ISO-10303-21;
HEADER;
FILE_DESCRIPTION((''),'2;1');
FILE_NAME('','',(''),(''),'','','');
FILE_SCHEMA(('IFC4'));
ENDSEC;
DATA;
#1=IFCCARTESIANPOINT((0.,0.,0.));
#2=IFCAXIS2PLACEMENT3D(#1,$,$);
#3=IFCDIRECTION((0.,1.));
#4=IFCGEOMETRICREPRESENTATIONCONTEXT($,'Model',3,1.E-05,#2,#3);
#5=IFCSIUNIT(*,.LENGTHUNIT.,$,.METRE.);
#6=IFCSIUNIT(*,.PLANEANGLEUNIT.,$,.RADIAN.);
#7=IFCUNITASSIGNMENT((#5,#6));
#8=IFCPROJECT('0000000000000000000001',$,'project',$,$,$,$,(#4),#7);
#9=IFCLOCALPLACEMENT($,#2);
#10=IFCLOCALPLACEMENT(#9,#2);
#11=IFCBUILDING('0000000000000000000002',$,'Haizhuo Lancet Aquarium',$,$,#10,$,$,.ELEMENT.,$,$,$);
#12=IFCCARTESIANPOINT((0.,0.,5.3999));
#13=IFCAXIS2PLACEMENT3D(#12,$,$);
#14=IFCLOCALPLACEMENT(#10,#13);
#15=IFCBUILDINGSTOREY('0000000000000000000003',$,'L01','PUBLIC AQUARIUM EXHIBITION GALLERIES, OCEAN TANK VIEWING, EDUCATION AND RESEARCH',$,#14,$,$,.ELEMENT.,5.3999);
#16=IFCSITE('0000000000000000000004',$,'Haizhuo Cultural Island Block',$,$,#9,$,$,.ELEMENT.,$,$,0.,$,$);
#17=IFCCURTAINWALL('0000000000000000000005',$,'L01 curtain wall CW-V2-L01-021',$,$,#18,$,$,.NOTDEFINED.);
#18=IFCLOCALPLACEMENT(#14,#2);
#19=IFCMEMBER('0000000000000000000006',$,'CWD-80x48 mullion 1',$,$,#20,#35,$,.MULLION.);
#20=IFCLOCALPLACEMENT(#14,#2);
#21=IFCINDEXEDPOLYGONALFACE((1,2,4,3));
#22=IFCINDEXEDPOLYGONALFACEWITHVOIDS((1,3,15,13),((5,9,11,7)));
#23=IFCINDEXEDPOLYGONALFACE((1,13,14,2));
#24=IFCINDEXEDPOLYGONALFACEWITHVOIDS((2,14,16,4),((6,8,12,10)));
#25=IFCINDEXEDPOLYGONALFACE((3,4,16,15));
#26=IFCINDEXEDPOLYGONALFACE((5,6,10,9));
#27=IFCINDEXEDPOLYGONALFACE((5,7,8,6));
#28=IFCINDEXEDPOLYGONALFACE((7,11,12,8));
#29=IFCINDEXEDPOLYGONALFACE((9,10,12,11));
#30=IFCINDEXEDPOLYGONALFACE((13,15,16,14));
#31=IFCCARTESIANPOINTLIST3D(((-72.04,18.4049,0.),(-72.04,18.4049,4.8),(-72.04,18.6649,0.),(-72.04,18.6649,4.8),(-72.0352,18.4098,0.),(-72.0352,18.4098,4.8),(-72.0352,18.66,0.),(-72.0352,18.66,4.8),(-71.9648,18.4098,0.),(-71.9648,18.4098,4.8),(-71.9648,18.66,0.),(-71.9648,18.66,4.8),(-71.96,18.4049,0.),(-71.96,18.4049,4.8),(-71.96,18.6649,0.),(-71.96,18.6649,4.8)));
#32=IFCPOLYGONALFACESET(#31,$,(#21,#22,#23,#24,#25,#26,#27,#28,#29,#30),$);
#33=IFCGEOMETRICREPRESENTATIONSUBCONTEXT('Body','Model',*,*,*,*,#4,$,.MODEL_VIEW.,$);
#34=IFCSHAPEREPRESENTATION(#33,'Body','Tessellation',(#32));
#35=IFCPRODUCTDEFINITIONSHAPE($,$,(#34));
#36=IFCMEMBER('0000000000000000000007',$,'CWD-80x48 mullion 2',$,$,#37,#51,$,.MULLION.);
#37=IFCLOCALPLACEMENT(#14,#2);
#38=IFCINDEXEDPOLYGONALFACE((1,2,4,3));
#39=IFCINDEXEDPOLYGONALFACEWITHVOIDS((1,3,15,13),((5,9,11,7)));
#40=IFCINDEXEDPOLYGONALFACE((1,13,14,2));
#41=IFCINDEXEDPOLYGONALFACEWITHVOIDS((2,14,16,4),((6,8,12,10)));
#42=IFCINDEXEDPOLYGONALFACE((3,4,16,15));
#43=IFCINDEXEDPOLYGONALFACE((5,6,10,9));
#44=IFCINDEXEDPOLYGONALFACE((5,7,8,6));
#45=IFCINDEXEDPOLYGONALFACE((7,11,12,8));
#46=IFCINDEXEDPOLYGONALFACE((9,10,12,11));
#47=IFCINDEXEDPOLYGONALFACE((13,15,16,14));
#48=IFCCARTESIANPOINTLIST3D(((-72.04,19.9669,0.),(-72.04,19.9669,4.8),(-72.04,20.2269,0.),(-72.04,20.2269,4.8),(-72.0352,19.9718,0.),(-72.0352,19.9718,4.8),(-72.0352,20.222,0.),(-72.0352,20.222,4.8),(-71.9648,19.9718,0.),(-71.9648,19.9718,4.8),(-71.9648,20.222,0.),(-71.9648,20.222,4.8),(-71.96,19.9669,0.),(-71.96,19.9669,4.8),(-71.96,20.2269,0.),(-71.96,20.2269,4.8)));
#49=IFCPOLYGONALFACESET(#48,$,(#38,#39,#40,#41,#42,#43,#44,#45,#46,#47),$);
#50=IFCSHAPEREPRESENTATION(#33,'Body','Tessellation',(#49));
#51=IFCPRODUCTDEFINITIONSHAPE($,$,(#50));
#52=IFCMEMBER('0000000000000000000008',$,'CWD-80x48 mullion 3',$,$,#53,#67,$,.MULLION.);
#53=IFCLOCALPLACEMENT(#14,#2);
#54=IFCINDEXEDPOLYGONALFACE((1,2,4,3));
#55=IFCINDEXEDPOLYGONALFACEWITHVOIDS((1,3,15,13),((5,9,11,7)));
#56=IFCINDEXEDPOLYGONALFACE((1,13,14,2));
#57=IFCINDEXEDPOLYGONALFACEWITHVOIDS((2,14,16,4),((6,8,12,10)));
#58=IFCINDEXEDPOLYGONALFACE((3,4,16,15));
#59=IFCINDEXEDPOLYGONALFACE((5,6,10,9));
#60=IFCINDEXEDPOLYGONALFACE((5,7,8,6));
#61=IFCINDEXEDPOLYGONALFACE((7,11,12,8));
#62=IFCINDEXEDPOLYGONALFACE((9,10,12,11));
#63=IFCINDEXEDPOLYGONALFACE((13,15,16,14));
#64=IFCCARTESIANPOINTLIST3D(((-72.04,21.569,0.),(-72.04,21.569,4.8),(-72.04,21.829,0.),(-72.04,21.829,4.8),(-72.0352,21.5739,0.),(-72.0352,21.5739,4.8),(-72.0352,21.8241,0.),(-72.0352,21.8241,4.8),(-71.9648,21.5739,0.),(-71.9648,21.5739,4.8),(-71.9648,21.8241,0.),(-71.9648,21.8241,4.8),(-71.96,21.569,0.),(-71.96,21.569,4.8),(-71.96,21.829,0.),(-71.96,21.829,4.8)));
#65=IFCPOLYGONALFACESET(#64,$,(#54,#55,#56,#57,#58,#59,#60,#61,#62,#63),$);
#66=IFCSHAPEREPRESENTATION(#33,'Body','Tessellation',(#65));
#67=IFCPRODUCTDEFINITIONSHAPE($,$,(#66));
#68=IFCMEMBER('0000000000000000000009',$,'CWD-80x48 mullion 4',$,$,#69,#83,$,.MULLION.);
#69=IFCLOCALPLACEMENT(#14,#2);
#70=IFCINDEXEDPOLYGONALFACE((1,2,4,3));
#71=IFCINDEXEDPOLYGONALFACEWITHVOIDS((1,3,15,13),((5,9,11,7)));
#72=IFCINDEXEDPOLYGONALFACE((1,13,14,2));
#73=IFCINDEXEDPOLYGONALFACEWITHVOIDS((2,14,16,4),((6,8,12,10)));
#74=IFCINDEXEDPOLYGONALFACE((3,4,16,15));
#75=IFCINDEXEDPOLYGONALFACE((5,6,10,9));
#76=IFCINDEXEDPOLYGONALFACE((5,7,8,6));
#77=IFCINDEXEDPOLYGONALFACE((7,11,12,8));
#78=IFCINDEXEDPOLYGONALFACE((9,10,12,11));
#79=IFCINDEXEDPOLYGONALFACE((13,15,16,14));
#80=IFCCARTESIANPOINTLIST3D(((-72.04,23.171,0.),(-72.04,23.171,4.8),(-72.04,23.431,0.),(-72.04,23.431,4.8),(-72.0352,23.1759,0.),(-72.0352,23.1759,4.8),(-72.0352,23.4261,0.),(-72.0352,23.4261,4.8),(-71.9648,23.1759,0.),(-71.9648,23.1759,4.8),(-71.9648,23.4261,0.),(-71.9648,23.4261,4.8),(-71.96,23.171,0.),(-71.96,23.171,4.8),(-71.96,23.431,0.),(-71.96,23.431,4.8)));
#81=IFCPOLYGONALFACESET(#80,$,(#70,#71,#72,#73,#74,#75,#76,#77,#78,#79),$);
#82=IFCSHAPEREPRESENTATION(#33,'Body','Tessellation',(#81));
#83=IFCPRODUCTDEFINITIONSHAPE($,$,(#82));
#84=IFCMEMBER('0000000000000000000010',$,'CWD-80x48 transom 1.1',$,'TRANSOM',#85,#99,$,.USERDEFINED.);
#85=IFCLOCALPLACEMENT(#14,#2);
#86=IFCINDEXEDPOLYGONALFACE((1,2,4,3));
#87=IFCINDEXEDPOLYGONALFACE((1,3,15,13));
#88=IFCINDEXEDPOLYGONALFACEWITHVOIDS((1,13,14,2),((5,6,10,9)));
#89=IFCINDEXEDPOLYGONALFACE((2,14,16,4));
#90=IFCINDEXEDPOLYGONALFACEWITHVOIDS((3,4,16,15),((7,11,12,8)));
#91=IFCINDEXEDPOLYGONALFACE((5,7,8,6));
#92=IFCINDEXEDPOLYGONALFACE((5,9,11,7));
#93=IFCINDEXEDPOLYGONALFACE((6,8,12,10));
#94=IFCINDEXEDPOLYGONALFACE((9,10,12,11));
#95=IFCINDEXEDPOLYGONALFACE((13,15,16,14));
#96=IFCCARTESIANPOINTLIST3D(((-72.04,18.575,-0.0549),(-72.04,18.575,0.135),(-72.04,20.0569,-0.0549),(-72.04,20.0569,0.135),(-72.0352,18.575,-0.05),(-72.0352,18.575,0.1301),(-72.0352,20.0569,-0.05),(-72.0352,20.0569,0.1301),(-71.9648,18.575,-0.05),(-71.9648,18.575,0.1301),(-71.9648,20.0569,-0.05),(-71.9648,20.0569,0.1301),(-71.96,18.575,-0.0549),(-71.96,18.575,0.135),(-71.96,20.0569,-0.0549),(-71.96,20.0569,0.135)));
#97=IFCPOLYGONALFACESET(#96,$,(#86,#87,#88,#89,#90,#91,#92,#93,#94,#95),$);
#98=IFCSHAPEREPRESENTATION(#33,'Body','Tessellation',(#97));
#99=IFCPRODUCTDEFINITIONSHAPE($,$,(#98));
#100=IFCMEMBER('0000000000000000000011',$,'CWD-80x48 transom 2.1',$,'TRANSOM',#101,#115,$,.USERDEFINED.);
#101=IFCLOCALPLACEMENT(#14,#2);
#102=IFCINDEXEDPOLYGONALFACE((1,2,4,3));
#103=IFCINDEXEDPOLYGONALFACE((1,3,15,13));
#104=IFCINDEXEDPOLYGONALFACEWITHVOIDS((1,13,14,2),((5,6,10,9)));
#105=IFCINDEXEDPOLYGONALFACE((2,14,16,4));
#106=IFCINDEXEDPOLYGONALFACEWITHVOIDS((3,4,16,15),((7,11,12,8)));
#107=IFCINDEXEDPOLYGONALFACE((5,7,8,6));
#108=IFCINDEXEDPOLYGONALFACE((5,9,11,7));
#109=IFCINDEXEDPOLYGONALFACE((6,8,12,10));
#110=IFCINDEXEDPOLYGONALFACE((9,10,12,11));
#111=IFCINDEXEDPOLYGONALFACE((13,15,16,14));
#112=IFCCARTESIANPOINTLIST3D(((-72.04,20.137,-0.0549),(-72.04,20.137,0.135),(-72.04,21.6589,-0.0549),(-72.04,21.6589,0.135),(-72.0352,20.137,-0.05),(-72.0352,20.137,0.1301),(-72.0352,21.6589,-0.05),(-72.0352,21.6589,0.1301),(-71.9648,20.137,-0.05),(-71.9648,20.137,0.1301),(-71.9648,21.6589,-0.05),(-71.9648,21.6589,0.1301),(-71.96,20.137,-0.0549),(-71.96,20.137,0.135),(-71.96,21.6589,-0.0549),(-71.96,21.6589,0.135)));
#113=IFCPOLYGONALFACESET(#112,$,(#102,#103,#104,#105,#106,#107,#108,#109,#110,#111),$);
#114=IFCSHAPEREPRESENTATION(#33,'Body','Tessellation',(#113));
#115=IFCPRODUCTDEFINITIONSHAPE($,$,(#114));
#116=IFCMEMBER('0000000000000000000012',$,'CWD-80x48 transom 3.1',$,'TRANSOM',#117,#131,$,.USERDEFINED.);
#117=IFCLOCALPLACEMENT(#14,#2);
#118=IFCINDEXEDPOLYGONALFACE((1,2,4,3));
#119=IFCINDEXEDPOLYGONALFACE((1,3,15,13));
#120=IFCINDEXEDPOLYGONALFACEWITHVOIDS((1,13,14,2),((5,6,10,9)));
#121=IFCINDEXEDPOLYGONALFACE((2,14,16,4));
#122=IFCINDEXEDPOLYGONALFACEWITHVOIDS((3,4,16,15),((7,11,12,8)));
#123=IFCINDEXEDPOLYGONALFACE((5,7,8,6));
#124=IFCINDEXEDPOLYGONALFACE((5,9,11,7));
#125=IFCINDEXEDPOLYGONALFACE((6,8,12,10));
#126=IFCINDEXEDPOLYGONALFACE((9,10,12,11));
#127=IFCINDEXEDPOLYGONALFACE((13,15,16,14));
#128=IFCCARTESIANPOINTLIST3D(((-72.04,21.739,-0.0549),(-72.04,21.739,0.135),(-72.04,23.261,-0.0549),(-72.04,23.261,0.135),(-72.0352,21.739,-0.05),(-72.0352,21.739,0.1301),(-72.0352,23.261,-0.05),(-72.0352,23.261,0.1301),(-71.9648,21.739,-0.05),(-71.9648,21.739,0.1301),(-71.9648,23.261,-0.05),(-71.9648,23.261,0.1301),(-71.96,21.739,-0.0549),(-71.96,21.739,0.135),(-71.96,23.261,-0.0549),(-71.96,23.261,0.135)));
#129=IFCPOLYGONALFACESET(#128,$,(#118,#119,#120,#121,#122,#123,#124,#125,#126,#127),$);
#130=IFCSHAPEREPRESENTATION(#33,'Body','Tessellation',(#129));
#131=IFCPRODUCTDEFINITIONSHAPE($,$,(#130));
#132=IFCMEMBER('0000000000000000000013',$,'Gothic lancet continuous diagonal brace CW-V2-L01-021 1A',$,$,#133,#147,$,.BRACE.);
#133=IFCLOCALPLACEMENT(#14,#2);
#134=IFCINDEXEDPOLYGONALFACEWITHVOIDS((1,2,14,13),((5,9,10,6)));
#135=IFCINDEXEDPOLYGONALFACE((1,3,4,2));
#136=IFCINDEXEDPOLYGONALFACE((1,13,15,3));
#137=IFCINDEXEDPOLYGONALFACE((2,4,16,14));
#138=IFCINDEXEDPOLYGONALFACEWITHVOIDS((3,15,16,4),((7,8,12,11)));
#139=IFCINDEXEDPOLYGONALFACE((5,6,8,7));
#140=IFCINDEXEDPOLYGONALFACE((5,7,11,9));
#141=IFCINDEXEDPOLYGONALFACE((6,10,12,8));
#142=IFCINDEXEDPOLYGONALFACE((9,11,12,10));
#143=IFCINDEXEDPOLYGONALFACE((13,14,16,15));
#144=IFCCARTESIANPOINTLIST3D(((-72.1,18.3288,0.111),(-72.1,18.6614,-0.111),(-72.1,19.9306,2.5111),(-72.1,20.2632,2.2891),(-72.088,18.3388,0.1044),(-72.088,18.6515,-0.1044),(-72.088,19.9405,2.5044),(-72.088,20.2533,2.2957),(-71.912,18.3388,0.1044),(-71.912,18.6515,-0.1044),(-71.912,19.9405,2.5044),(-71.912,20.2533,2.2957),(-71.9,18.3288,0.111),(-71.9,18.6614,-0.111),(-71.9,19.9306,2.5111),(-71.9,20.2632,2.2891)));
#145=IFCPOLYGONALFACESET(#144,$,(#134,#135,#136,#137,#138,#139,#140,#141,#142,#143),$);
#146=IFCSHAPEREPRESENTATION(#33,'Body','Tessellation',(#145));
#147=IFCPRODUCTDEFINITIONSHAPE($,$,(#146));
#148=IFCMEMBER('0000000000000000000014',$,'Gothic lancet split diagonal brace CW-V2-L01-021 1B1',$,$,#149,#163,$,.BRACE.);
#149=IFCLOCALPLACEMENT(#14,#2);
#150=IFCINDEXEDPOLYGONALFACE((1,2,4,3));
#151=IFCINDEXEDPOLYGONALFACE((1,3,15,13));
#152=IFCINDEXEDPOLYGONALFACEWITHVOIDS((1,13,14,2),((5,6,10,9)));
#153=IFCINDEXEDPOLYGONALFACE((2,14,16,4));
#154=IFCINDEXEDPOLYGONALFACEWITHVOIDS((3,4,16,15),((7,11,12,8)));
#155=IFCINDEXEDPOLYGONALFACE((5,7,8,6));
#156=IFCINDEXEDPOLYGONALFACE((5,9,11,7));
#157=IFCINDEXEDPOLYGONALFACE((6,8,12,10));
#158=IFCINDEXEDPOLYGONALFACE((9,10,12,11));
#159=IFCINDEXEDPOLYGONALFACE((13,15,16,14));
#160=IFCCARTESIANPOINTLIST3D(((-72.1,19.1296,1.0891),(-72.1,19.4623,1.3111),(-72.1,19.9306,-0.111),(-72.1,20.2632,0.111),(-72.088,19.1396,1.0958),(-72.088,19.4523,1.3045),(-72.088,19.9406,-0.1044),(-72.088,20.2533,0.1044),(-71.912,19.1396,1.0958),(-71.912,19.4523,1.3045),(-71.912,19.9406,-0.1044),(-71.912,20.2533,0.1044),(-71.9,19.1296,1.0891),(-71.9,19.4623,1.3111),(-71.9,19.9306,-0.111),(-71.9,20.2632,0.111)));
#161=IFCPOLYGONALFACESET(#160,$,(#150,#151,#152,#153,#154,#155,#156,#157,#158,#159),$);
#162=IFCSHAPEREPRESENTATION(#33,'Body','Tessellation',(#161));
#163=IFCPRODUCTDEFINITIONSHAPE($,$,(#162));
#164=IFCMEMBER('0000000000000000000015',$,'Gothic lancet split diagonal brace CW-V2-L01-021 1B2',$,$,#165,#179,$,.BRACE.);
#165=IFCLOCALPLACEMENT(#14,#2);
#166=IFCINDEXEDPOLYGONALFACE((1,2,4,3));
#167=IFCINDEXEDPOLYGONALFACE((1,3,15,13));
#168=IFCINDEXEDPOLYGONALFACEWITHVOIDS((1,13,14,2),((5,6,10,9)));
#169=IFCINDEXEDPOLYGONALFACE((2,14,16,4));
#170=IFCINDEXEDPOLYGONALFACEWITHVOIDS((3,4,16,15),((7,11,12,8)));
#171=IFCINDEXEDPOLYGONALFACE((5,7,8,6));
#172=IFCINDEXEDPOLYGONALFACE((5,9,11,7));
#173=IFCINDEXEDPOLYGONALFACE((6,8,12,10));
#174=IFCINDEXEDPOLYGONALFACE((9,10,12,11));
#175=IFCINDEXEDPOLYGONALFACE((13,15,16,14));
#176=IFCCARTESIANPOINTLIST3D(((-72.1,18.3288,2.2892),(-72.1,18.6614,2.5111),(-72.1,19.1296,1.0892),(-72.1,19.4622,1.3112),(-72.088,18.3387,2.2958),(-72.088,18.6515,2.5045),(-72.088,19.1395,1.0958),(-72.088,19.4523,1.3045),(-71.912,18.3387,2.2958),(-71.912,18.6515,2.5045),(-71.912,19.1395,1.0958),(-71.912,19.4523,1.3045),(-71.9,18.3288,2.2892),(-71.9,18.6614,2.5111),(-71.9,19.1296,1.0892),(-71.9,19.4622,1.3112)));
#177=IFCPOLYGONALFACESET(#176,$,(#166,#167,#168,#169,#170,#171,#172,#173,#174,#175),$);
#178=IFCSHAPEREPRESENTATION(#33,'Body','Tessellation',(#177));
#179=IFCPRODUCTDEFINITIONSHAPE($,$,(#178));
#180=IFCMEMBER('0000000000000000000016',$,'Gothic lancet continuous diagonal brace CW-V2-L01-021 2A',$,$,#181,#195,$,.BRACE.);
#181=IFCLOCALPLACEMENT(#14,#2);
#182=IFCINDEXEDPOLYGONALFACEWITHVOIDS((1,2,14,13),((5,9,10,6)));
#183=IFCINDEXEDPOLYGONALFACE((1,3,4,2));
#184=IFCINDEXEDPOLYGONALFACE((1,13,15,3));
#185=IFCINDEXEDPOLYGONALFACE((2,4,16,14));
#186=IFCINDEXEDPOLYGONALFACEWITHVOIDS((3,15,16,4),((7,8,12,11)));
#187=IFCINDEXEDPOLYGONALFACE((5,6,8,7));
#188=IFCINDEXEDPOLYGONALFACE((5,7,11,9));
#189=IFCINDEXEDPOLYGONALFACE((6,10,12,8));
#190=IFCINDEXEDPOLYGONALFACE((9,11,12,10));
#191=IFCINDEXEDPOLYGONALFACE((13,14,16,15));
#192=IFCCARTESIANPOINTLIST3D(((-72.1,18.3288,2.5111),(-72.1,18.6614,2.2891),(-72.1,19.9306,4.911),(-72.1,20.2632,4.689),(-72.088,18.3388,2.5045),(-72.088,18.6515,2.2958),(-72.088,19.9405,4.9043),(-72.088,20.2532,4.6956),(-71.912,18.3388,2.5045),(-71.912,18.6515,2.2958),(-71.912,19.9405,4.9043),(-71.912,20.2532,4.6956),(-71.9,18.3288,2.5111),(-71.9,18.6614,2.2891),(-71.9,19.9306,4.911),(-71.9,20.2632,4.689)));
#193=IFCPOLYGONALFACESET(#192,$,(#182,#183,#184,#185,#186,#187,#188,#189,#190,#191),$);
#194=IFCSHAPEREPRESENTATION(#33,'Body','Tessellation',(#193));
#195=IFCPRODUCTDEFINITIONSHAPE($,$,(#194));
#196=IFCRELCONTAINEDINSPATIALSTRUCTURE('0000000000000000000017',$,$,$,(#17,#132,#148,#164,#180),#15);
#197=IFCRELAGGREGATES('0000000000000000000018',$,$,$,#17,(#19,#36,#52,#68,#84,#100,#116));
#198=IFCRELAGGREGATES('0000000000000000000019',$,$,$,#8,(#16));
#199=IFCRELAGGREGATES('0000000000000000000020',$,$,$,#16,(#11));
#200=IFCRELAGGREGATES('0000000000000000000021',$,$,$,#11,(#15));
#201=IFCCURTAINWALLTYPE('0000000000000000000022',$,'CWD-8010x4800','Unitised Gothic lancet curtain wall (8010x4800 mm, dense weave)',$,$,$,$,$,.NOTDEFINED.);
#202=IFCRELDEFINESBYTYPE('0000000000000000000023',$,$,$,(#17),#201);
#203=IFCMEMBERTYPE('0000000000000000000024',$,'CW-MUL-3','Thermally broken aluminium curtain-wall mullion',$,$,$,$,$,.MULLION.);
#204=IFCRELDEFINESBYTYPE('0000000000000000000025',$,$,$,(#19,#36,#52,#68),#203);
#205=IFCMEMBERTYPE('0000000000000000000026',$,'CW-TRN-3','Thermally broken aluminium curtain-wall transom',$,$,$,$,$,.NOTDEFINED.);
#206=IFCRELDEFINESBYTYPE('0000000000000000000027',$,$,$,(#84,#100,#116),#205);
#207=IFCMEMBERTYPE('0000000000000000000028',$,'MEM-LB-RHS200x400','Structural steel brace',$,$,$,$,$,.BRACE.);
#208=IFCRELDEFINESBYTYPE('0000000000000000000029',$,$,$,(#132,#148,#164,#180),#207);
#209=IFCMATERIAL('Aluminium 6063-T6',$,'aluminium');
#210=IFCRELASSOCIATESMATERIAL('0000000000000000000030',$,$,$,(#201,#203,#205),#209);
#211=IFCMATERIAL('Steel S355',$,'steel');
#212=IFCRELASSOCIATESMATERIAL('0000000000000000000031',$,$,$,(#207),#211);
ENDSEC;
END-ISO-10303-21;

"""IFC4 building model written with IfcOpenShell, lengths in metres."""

from ifc_helpers import new_model, si_unit, direction, frame, origin, origin_2d, place, context, subcontext, project, spatial, hollow_rectangle, extrude, material, material_profile, profile_set, type_object, element, aggregate, save


model = new_model("IFC4")

# Units and contexts
model_context = context("Model", 3, precision=1e-05, world=origin(), true_north=direction((0.0, 1.0)))
body_context = subcontext(model_context, "Body", "Model", "MODEL_VIEW")
ifc_project = project(units=[si_unit("LENGTHUNIT", "METRE"), si_unit("PLANEANGLEUNIT", "RADIAN")], contexts=[model_context])

# Site, building, storey
site_placement = place(None, origin())
site = spatial("IfcSite", under=ifc_project, at=site_placement, Name="Haizhuo Cultural Island Block", CompositionType="ELEMENT", RefElevation=0.0)
building_placement = place(site_placement, origin())
building = spatial("IfcBuilding", under=site, at=building_placement, Name="Haizhuo Lancet Aquarium", CompositionType="ELEMENT")
storey_placement = place(building_placement, frame((0.0, 0.0, 5.3999)))
storey = spatial("IfcBuildingStorey", under=building, at=storey_placement, Name="L01", Description="PUBLIC AQUARIUM EXHIBITION GALLERIES, OCEAN TANK VIEWING, EDUCATION AND RESEARCH", CompositionType="ELEMENT", Elevation=5.3999)

# Curtain wall, members
ifc_material_1 = material(Name="Aluminium 6063-T6", Category="aluminium")
curtain_wall_type = type_object("IfcCurtainWallType", Name="CWD-8010x4800", Description="Unitised Gothic lancet curtain wall (8010x4800 mm, dense weave)", PredefinedType="NOTDEFINED", material=ifc_material_1)
curtain_wall_placement = place(storey_placement, origin())
curtain_wall = element("IfcCurtainWall", 1, at=curtain_wall_placement, inside=storey, type_object=curtain_wall_type, Name="L01 curtain wall CW-V2-L01-021", PredefinedType="NOTDEFINED")
ifc_material_profile_1 = material_profile(ifc_material_1, hollow_rectangle(XDim=0.0801, YDim=0.26, WallThickness=0.0049, at=origin_2d()), Name="ALU-M 80x260x5")
ifc_profile_set_1 = profile_set([ifc_material_profile_1], Name="Aluminium 6063-T6")
member_type_1 = type_object("IfcMemberType", Name="CW-MUL-3", Description="Thermally broken aluminium curtain-wall mullion", PredefinedType="MULLION", material=ifc_profile_set_1)
member_1_placement = place(storey_placement, frame((-72.0, 18.5349, 0.0), z_axis=(0.0, 0.0, 1.0), x_axis=(-1.0, 0.0, 0.0)))
member_1 = element("IfcMember", 2, at=member_1_placement, type_object=member_type_1, Name="CWD-80x48 mullion 1", PredefinedType="MULLION", context=body_context, shape_type="SweptSolid", body=[
    extrude(hollow_rectangle(XDim=0.0801, YDim=0.26, WallThickness=0.0049, at=origin_2d()), origin(), (0.0, 0.0, 1.0), 4.8),
])
member_2_placement = place(storey_placement, frame((-72.0, 20.0969, 0.0), z_axis=(0.0, 0.0, 1.0), x_axis=(-1.0, 0.0, 0.0)))
member_2 = element("IfcMember", 3, at=member_2_placement, type_object=member_type_1, Name="CWD-80x48 mullion 2", PredefinedType="MULLION", context=body_context, shape_type="SweptSolid", body=[
    extrude(hollow_rectangle(XDim=0.0801, YDim=0.26, WallThickness=0.0049, at=origin_2d()), origin(), (0.0, 0.0, 1.0), 4.8),
])
member_3_placement = place(storey_placement, frame((-72.0, 21.699, 0.0), z_axis=(0.0, 0.0, 1.0), x_axis=(-1.0, 0.0, 0.0)))
member_3 = element("IfcMember", 4, at=member_3_placement, type_object=member_type_1, Name="CWD-80x48 mullion 3", PredefinedType="MULLION", context=body_context, shape_type="SweptSolid", body=[
    extrude(hollow_rectangle(XDim=0.0801, YDim=0.26, WallThickness=0.0049, at=origin_2d()), origin(), (0.0, 0.0, 1.0), 4.8),
])
member_4_placement = place(storey_placement, frame((-72.0, 23.301, 0.0), z_axis=(0.0, 0.0, 1.0), x_axis=(-1.0, 0.0, 0.0)))
member_4 = element("IfcMember", 5, at=member_4_placement, type_object=member_type_1, Name="CWD-80x48 mullion 4", PredefinedType="MULLION", context=body_context, shape_type="SweptSolid", body=[
    extrude(hollow_rectangle(XDim=0.0801, YDim=0.26, WallThickness=0.0049, at=origin_2d()), origin(), (0.0, 0.0, 1.0), 4.8),
])
ifc_material_profile_2 = material_profile(ifc_material_1, hollow_rectangle(XDim=0.0801, YDim=0.1899, WallThickness=0.0049, at=origin_2d()), Name="ALU-T 80x190x5")
ifc_profile_set_2 = profile_set([ifc_material_profile_2], Name="Aluminium 6063-T6")
member_type_2 = type_object("IfcMemberType", Name="CW-TRN-3", Description="Thermally broken aluminium curtain-wall transom", PredefinedType="NOTDEFINED", material=ifc_profile_set_2)
member_5_placement = place(storey_placement, frame((-72.0, 18.575, 0.04), z_axis=(0.0, 1.0, 0.0), x_axis=(-1.0, 0.0, 0.0)))
member_5 = element("IfcMember", 6, at=member_5_placement, type_object=member_type_2, Name="CWD-80x48 transom 1.1", ObjectType="TRANSOM", PredefinedType="USERDEFINED", context=body_context, shape_type="SweptSolid", body=[
    extrude(hollow_rectangle(XDim=0.0801, YDim=0.1899, WallThickness=0.0049, at=origin_2d()), origin(), (0.0, 0.0, 1.0), 1.4819),
])
member_6_placement = place(storey_placement, frame((-72.0, 20.137, 0.04), z_axis=(0.0, 1.0, 0.0), x_axis=(-1.0, 0.0, 0.0)))
member_6 = element("IfcMember", 7, at=member_6_placement, type_object=member_type_2, Name="CWD-80x48 transom 2.1", ObjectType="TRANSOM", PredefinedType="USERDEFINED", context=body_context, shape_type="SweptSolid", body=[
    extrude(hollow_rectangle(XDim=0.0801, YDim=0.1899, WallThickness=0.0049, at=origin_2d()), origin(), (0.0, 0.0, 1.0), 1.522),
])
member_7_placement = place(storey_placement, frame((-72.0, 21.739, 0.04), z_axis=(0.0, 1.0, 0.0), x_axis=(-1.0, 0.0, 0.0)))
member_7 = element("IfcMember", 8, at=member_7_placement, type_object=member_type_2, Name="CWD-80x48 transom 3.1", ObjectType="TRANSOM", PredefinedType="USERDEFINED", context=body_context, shape_type="SweptSolid", body=[
    extrude(hollow_rectangle(XDim=0.0801, YDim=0.1899, WallThickness=0.0049, at=origin_2d()), origin(), (0.0, 0.0, 1.0), 1.522),
])

# Members
ifc_material_2 = material(Name="Steel S355", Category="steel")
ifc_material_profile_3 = material_profile(ifc_material_2, hollow_rectangle(XDim=0.2, YDim=0.3999, WallThickness=0.012, at=origin_2d()), Name="RHS 200x400x12")
ifc_profile_set_3 = profile_set([ifc_material_profile_3], Name="Steel S355")
member_type_3 = type_object("IfcMemberType", Name="MEM-LB-RHS200x400", Description="Structural steel brace", PredefinedType="BRACE", material=ifc_profile_set_3)
member_8_placement = place(storey_placement, frame((-72.0, 18.4951, 0.0), z_axis=(0.0, 0.55511, 0.831777), x_axis=(-1.0, 0.0, 0.0)))
element("IfcMember", 9, at=member_8_placement, inside=storey, type_object=member_type_3, Name="Gothic lancet continuous diagonal brace CW-V2-L01-021 1A", PredefinedType="BRACE", context=body_context, shape_type="SweptSolid", body=[
    extrude(hollow_rectangle(XDim=0.2, YDim=0.3999, WallThickness=0.012, at=origin_2d()), origin(), (0.0, 0.0, 1.0), 2.8855),
])
member_9_placement = place(storey_placement, frame((-72.0, 20.0969, 0.0), z_axis=(0.0, -0.55513, 0.831764), x_axis=(1.0, 0.0, 0.0)))
element("IfcMember", 10, at=member_9_placement, inside=storey, type_object=member_type_3, Name="Gothic lancet split diagonal brace CW-V2-L01-021 1B1", PredefinedType="BRACE", context=body_context, shape_type="SweptSolid", body=[
    extrude(hollow_rectangle(XDim=0.2, YDim=0.3999, WallThickness=0.012, at=origin_2d()), origin(), (0.0, 0.0, 1.0), 1.4429),
])
member_10_placement = place(storey_placement, frame((-72.0, 19.2959, 1.2002), z_axis=(0.0, -0.555091, 0.83179), x_axis=(1.0, 0.0, 0.0)))
element("IfcMember", 11, at=member_10_placement, inside=storey, type_object=member_type_3, Name="Gothic lancet split diagonal brace CW-V2-L01-021 1B2", PredefinedType="BRACE", context=body_context, shape_type="SweptSolid", body=[
    extrude(hollow_rectangle(XDim=0.2, YDim=0.3999, WallThickness=0.012, at=origin_2d()), origin(), (0.0, 0.0, 1.0), 1.4426),
])
member_11_placement = place(storey_placement, frame((-72.0, 18.4951, 2.4001), z_axis=(0.0, 0.555149, 0.831751), x_axis=(-1.0, 0.0, 0.0)))
element("IfcMember", 12, at=member_11_placement, inside=storey, type_object=member_type_3, Name="Gothic lancet continuous diagonal brace CW-V2-L01-021 2A", PredefinedType="BRACE", context=body_context, shape_type="SweptSolid", body=[
    extrude(hollow_rectangle(XDim=0.2, YDim=0.3999, WallThickness=0.012, at=origin_2d()), origin(), (0.0, 0.0, 1.0), 2.8853),
])

aggregate(curtain_wall, [member_1, member_2, member_3, member_4, member_5, member_6, member_7])

save(model, "model.ifc")
